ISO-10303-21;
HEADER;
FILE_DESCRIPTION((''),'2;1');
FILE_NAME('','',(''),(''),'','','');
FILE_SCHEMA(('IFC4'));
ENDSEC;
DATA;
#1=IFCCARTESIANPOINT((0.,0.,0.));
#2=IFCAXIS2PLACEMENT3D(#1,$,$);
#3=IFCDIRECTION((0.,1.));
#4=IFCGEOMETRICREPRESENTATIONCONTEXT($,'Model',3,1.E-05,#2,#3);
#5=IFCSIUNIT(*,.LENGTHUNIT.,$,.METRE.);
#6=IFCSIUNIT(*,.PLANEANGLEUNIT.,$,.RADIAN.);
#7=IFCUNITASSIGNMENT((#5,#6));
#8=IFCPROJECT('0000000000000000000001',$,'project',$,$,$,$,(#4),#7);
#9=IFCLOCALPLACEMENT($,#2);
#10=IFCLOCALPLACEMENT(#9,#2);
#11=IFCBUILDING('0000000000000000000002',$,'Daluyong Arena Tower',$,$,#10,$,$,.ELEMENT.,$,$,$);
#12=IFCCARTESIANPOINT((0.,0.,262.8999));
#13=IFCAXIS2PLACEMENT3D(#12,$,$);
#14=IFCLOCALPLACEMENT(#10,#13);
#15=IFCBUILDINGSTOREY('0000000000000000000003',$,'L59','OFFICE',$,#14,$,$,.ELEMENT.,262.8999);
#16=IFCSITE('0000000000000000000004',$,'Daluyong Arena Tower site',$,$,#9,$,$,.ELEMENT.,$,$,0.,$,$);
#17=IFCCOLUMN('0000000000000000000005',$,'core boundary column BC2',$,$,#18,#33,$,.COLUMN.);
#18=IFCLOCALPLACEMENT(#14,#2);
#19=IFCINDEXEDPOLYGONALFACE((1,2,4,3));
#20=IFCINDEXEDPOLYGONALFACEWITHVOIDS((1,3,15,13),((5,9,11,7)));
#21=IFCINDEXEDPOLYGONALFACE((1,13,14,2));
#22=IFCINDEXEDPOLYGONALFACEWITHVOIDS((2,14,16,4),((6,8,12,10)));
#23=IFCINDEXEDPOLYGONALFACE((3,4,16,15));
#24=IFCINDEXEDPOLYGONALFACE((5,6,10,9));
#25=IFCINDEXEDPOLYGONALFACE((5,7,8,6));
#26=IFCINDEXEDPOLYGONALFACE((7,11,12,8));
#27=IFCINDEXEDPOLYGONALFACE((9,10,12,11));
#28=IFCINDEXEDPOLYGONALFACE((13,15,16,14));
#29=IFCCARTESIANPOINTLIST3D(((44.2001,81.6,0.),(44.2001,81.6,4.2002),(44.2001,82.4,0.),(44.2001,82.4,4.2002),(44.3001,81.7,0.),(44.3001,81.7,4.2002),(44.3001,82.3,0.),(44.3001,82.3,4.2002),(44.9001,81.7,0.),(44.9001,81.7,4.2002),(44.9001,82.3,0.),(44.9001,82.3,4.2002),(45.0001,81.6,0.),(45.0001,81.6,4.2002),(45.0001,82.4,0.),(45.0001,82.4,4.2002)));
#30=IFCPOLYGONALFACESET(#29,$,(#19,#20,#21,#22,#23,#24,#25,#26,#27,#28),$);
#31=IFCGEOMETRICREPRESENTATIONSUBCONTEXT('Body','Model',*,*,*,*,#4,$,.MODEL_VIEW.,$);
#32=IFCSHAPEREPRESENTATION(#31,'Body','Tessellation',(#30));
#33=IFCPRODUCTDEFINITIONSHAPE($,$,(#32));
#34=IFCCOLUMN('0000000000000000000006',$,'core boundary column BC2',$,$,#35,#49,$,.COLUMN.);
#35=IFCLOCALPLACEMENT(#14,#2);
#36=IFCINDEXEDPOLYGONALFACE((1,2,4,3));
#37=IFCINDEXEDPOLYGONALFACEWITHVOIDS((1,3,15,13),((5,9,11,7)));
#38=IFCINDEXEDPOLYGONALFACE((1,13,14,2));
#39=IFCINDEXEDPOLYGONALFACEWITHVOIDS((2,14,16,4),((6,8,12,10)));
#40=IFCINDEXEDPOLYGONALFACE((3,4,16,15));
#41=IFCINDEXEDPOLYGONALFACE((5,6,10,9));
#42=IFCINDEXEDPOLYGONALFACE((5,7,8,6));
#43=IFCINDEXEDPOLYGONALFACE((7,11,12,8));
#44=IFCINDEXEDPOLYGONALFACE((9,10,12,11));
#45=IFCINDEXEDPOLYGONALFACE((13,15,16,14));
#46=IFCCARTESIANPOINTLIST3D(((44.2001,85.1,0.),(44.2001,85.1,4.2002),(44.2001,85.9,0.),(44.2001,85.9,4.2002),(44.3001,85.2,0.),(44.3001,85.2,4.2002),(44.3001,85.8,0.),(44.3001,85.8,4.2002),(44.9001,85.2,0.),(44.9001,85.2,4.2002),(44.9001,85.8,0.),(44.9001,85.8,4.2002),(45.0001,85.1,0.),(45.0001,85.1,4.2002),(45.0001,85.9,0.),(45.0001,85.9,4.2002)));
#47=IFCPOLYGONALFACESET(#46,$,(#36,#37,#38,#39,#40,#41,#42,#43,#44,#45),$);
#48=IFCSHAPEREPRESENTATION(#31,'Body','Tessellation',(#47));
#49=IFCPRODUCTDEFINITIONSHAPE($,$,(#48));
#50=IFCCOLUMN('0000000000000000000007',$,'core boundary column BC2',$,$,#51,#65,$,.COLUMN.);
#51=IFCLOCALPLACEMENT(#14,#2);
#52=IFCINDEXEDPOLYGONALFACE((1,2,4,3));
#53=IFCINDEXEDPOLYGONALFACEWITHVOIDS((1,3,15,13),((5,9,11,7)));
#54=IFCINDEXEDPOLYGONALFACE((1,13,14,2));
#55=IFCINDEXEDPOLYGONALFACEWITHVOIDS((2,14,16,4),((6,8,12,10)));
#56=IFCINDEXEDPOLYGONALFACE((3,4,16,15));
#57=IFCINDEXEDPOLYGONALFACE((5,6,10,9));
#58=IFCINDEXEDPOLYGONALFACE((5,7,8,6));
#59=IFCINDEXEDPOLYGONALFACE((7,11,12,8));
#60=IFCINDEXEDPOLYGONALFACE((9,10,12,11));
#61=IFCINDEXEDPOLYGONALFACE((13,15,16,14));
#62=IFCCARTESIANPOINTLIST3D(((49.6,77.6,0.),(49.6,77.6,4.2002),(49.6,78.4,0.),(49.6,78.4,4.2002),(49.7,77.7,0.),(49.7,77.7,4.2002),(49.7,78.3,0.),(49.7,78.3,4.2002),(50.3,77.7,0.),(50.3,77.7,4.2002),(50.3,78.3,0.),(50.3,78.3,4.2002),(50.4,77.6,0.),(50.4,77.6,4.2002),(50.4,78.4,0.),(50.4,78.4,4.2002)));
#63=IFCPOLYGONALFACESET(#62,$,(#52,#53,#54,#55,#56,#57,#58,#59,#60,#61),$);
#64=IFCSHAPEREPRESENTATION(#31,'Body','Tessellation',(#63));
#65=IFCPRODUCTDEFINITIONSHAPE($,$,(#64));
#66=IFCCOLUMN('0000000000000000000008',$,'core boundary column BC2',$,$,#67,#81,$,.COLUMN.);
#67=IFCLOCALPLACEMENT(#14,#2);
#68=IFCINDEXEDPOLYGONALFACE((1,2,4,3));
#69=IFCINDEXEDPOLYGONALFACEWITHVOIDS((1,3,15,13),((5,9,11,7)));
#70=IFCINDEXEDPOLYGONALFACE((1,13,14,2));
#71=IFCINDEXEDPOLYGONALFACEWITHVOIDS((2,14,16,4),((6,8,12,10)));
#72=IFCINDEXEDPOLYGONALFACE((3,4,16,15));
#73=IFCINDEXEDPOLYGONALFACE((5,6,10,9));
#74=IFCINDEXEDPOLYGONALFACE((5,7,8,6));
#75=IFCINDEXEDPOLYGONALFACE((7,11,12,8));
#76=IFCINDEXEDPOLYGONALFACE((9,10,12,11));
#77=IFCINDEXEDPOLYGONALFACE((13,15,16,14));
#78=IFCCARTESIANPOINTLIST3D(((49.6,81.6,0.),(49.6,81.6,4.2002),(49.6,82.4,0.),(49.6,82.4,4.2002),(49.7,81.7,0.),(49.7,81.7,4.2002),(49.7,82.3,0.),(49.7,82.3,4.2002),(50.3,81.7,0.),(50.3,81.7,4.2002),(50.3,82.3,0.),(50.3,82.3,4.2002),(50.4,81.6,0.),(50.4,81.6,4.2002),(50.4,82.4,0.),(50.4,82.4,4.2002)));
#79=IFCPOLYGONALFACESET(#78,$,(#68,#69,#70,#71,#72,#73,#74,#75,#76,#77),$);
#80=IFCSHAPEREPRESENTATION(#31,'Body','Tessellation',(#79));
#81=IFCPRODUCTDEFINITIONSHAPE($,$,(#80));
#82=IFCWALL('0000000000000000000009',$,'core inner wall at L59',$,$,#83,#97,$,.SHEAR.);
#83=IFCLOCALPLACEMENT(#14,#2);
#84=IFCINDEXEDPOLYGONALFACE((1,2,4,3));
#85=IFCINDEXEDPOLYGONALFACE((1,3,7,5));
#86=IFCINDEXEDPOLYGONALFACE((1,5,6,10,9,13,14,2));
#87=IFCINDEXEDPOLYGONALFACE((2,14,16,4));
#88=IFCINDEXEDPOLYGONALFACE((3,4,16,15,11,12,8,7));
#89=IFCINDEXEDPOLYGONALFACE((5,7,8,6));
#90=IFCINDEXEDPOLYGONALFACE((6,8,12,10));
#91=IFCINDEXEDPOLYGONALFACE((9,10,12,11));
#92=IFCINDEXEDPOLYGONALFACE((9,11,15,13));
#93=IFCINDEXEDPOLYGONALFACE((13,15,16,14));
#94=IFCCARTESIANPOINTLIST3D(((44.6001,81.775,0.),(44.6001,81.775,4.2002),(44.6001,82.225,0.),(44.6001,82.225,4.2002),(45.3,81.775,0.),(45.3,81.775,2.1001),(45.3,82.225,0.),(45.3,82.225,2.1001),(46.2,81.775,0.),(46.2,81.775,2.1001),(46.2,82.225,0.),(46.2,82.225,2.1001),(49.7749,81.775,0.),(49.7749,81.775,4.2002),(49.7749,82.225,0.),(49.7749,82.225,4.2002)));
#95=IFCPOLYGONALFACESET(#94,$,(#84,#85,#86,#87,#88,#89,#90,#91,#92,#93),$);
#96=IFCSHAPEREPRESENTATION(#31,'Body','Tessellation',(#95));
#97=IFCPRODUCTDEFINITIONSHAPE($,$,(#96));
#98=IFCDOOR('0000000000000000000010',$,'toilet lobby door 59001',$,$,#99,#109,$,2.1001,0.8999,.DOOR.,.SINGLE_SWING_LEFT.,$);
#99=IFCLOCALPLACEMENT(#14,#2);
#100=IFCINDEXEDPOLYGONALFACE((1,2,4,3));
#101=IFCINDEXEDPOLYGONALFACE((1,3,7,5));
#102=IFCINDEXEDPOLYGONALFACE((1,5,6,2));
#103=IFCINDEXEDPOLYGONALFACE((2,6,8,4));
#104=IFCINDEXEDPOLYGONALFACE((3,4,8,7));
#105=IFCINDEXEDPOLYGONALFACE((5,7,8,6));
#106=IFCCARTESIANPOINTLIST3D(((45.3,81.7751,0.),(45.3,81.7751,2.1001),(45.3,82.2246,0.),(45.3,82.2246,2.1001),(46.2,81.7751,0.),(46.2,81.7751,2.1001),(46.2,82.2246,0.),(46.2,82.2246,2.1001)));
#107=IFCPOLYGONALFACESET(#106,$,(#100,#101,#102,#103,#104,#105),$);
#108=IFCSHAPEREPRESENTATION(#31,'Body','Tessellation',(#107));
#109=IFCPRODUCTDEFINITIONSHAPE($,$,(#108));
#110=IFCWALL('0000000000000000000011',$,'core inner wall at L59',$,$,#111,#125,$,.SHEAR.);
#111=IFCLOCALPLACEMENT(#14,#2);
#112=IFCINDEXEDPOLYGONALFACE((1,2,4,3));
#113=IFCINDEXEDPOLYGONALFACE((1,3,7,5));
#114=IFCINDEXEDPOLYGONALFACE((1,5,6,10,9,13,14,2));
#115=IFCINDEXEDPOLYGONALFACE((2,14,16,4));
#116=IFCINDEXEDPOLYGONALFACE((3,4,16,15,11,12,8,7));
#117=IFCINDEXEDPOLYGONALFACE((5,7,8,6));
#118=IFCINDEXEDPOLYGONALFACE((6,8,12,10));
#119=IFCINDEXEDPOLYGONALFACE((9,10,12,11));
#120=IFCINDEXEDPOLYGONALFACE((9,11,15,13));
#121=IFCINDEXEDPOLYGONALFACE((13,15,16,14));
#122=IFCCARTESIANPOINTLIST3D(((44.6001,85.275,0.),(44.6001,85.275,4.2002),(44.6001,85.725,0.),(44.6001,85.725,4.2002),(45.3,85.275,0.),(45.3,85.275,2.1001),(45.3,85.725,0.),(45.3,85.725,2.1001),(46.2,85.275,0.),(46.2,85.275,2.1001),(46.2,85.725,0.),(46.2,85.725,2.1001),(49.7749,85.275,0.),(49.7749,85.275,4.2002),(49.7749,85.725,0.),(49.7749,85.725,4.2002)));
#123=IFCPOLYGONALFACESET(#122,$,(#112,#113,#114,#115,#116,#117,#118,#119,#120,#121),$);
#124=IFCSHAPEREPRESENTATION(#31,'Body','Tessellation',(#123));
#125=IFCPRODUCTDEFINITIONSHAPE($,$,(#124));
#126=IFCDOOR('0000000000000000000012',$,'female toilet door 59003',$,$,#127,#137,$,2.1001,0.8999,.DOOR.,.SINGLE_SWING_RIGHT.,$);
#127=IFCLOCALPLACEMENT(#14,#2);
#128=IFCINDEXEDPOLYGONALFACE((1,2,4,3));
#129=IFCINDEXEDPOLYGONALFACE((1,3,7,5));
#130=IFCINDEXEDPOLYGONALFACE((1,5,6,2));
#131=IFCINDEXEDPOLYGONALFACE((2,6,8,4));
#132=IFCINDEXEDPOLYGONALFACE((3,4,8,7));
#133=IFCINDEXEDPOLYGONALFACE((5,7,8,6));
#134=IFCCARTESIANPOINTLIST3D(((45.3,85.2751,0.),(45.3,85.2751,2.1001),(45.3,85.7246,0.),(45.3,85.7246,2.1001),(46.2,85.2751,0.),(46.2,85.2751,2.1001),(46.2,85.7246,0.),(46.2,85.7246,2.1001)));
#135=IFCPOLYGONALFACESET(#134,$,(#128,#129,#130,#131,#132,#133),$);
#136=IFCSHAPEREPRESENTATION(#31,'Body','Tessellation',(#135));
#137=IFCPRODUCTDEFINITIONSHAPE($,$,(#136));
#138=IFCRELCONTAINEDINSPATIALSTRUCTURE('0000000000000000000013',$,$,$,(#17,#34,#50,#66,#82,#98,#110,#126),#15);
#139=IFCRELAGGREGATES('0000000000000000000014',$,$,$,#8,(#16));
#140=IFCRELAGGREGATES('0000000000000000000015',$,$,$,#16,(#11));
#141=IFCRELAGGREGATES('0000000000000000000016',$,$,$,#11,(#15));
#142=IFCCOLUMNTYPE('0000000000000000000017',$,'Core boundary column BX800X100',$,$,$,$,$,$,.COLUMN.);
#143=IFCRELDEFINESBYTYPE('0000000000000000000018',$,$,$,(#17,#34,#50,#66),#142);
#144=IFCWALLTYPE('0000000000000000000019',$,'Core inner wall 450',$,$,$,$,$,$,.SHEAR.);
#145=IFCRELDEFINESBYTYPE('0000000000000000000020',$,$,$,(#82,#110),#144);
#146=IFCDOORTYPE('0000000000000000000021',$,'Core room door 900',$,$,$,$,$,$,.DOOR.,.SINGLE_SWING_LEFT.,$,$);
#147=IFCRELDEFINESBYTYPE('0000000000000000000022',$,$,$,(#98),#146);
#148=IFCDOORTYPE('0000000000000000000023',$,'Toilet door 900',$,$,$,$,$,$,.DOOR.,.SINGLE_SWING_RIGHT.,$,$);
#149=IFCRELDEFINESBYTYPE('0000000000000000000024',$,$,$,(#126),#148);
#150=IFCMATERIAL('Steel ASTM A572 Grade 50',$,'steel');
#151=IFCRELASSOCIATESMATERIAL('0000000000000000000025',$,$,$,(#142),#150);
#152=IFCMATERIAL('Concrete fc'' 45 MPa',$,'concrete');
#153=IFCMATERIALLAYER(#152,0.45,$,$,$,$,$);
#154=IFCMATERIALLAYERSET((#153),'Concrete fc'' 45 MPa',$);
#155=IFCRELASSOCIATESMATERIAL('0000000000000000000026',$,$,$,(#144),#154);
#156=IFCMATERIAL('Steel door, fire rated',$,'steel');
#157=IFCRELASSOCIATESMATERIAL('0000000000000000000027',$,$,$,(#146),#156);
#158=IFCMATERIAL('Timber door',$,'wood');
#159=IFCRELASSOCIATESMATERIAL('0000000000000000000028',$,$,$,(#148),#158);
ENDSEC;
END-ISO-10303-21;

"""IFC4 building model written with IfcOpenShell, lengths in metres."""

from ifc_helpers import new_model, si_unit, direction, frame, frame_2d, origin, origin_2d, place, context, subcontext, project, spatial, rectangle, hollow_rectangle, extrude, material, layer, layer_set, material_profile, profile_set, type_object, element, fill, save


model = new_model("IFC4")

# Units and contexts
model_context = context("Model", 3, precision=1e-05, world=origin(), true_north=direction((0.0, 1.0)))
body_context = subcontext(model_context, "Body", "Model", "MODEL_VIEW")
ifc_project = project(units=[si_unit("LENGTHUNIT", "METRE"), si_unit("PLANEANGLEUNIT", "RADIAN")], contexts=[model_context])

# Site, building, storey
site_placement = place(None, origin())
site = spatial("IfcSite", under=ifc_project, at=site_placement, Name="Daluyong Arena Tower site", CompositionType="ELEMENT", RefElevation=0.0)
building_placement = place(site_placement, origin())
building = spatial("IfcBuilding", under=site, at=building_placement, Name="Daluyong Arena Tower", CompositionType="ELEMENT")
storey_placement = place(building_placement, frame((0.0, 0.0, 262.8999)))
storey = spatial("IfcBuildingStorey", under=building, at=storey_placement, Name="L59", Description="OFFICE", CompositionType="ELEMENT", Elevation=262.8999)

# Columns
ifc_material_1 = material(Name="Steel ASTM A572 Grade 50", Category="steel")
ifc_material_profile = material_profile(ifc_material_1, hollow_rectangle(XDim=0.8, YDim=0.8, WallThickness=0.1, at=origin_2d()))
ifc_profile_set = profile_set([ifc_material_profile], Name="Steel ASTM A572 Grade 50")
column_type = type_object("IfcColumnType", Name="Core boundary column BX800X100", PredefinedType="COLUMN", material=ifc_profile_set)
for number, where, z_axis, x_axis, name in (
    (1, (44.6001, 82.0, 0.0), (0.0, 0.0, 1.0), (1.0, 0.0, 0.0), "core boundary column BC2"),
    (2, (44.6001, 85.5, 0.0), (0.0, 0.0, 1.0), (1.0, 0.0, 0.0), "core boundary column BC2"),
    (3, (50.0, 78.0, 0.0), (0.0, 0.0, 1.0), (1.0, 0.0, 0.0), "core boundary column BC2"),
    (4, (50.0, 82.0, 0.0), (0.0, 0.0, 1.0), (1.0, 0.0, 0.0), "core boundary column BC2"),
):
    element("IfcColumn", number, at=place(storey_placement, frame(where, z_axis=z_axis, x_axis=x_axis)), inside=storey, type_object=column_type, Name=name, PredefinedType="COLUMN", context=body_context, shape_type="SweptSolid", body=[
        extrude(hollow_rectangle(XDim=0.8, YDim=0.8, WallThickness=0.1, at=origin_2d()), origin(), (0.0, 0.0, 1.0), 4.2002),
    ])

# Walls, openings, doors
ifc_material_2 = material(Name="Concrete fc' 45 MPa", Category="concrete")
ifc_layer_1 = layer(ifc_material_2, 0.45)
ifc_layer_set_1 = layer_set([ifc_layer_1], Name="Concrete fc' 45 MPa")
wall_type_1 = type_object("IfcWallType", Name="Core inner wall 450", PredefinedType="SHEAR", material=ifc_layer_set_1)
wall_1_placement = place(storey_placement, frame((44.6001, 82.0, 0.0), z_axis=(0.0, 0.0, 1.0), x_axis=(1.0, 0.0, 0.0)))
wall_1 = element("IfcWall", 5, at=wall_1_placement, inside=storey, type_object=wall_type_1, Name="core inner wall at L59", PredefinedType="SHEAR", context=body_context, shape_type="SweptSolid", body=[
    extrude(rectangle(XDim=5.1748, YDim=0.45, at=frame_2d((2.5874, 0.0))), origin(), (0.0, 0.0, 1.0), 4.2002),
])
opening_1_placement = place(wall_1_placement, frame((0.7, 0.0, 0.0)))
opening_1 = element("IfcOpeningElement", 6, at=opening_1_placement, cuts=wall_1, PredefinedType="OPENING", context=body_context, shape_type="SweptSolid", body=[
    extrude(rectangle(XDim=0.8999, YDim=2.1001, at=frame_2d((0.45, 1.05))), frame((0.0, 0.2349, 0.0), z_axis=(0.0, -1.0, 0.0), x_axis=(1.0, 0.0, 0.0)), (0.0, 0.0, 1.0), 0.47),
])
ifc_material_3 = material(Name="Steel door, fire rated", Category="steel")
door_type_1 = type_object("IfcDoorType", Name="Core room door 900", OperationType="SINGLE_SWING_LEFT", PredefinedType="DOOR", material=ifc_material_3)
door_1_placement = place(opening_1_placement, origin())
door_1 = element("IfcDoor", 7, at=door_1_placement, inside=storey, type_object=door_type_1, Name="toilet lobby door 59001", OperationType="SINGLE_SWING_LEFT", OverallHeight=2.1001, OverallWidth=0.8999, PredefinedType="DOOR", context=body_context, shape_type="SweptSolid", body=[
    extrude(rectangle(XDim=0.8999, YDim=2.1001, at=frame_2d((0.45, 1.05))), frame((0.0, 0.2246, 0.0), z_axis=(0.0, -1.0, 0.0), x_axis=(1.0, 0.0, 0.0)), (0.0, 0.0, 1.0), 0.4495),
])
fill(opening_1, door_1)
wall_2_placement = place(storey_placement, frame((44.6001, 85.5, 0.0), z_axis=(0.0, 0.0, 1.0), x_axis=(1.0, 0.0, 0.0)))
wall_2 = element("IfcWall", 8, at=wall_2_placement, inside=storey, type_object=wall_type_1, Name="core inner wall at L59", PredefinedType="SHEAR", context=body_context, shape_type="SweptSolid", body=[
    extrude(rectangle(XDim=5.1748, YDim=0.45, at=frame_2d((2.5874, 0.0))), origin(), (0.0, 0.0, 1.0), 4.2002),
])
opening_2_placement = place(wall_2_placement, frame((0.7, 0.0, 0.0)))
opening_2 = element("IfcOpeningElement", 9, at=opening_2_placement, cuts=wall_2, PredefinedType="OPENING", context=body_context, shape_type="SweptSolid", body=[
    extrude(rectangle(XDim=0.8999, YDim=2.1001, at=frame_2d((0.45, 1.05))), frame((0.0, 0.2349, 0.0), z_axis=(0.0, -1.0, 0.0), x_axis=(1.0, 0.0, 0.0)), (0.0, 0.0, 1.0), 0.47),
])
ifc_material_4 = material(Name="Timber door", Category="wood")
door_type_2 = type_object("IfcDoorType", Name="Toilet door 900", OperationType="SINGLE_SWING_RIGHT", PredefinedType="DOOR", material=ifc_material_4)
door_2_placement = place(opening_2_placement, origin())
door_2 = element("IfcDoor", 10, at=door_2_placement, inside=storey, type_object=door_type_2, Name="female toilet door 59003", OperationType="SINGLE_SWING_RIGHT", OverallHeight=2.1001, OverallWidth=0.8999, PredefinedType="DOOR", context=body_context, shape_type="SweptSolid", body=[
    extrude(rectangle(XDim=0.8999, YDim=2.1001, at=frame_2d((0.45, 1.05))), frame((0.0, 0.2246, 0.0), z_axis=(0.0, -1.0, 0.0), x_axis=(1.0, 0.0, 0.0)), (0.0, 0.0, 1.0), 0.4495),
])
fill(opening_2, door_2)

save(model, "model.ifc")
